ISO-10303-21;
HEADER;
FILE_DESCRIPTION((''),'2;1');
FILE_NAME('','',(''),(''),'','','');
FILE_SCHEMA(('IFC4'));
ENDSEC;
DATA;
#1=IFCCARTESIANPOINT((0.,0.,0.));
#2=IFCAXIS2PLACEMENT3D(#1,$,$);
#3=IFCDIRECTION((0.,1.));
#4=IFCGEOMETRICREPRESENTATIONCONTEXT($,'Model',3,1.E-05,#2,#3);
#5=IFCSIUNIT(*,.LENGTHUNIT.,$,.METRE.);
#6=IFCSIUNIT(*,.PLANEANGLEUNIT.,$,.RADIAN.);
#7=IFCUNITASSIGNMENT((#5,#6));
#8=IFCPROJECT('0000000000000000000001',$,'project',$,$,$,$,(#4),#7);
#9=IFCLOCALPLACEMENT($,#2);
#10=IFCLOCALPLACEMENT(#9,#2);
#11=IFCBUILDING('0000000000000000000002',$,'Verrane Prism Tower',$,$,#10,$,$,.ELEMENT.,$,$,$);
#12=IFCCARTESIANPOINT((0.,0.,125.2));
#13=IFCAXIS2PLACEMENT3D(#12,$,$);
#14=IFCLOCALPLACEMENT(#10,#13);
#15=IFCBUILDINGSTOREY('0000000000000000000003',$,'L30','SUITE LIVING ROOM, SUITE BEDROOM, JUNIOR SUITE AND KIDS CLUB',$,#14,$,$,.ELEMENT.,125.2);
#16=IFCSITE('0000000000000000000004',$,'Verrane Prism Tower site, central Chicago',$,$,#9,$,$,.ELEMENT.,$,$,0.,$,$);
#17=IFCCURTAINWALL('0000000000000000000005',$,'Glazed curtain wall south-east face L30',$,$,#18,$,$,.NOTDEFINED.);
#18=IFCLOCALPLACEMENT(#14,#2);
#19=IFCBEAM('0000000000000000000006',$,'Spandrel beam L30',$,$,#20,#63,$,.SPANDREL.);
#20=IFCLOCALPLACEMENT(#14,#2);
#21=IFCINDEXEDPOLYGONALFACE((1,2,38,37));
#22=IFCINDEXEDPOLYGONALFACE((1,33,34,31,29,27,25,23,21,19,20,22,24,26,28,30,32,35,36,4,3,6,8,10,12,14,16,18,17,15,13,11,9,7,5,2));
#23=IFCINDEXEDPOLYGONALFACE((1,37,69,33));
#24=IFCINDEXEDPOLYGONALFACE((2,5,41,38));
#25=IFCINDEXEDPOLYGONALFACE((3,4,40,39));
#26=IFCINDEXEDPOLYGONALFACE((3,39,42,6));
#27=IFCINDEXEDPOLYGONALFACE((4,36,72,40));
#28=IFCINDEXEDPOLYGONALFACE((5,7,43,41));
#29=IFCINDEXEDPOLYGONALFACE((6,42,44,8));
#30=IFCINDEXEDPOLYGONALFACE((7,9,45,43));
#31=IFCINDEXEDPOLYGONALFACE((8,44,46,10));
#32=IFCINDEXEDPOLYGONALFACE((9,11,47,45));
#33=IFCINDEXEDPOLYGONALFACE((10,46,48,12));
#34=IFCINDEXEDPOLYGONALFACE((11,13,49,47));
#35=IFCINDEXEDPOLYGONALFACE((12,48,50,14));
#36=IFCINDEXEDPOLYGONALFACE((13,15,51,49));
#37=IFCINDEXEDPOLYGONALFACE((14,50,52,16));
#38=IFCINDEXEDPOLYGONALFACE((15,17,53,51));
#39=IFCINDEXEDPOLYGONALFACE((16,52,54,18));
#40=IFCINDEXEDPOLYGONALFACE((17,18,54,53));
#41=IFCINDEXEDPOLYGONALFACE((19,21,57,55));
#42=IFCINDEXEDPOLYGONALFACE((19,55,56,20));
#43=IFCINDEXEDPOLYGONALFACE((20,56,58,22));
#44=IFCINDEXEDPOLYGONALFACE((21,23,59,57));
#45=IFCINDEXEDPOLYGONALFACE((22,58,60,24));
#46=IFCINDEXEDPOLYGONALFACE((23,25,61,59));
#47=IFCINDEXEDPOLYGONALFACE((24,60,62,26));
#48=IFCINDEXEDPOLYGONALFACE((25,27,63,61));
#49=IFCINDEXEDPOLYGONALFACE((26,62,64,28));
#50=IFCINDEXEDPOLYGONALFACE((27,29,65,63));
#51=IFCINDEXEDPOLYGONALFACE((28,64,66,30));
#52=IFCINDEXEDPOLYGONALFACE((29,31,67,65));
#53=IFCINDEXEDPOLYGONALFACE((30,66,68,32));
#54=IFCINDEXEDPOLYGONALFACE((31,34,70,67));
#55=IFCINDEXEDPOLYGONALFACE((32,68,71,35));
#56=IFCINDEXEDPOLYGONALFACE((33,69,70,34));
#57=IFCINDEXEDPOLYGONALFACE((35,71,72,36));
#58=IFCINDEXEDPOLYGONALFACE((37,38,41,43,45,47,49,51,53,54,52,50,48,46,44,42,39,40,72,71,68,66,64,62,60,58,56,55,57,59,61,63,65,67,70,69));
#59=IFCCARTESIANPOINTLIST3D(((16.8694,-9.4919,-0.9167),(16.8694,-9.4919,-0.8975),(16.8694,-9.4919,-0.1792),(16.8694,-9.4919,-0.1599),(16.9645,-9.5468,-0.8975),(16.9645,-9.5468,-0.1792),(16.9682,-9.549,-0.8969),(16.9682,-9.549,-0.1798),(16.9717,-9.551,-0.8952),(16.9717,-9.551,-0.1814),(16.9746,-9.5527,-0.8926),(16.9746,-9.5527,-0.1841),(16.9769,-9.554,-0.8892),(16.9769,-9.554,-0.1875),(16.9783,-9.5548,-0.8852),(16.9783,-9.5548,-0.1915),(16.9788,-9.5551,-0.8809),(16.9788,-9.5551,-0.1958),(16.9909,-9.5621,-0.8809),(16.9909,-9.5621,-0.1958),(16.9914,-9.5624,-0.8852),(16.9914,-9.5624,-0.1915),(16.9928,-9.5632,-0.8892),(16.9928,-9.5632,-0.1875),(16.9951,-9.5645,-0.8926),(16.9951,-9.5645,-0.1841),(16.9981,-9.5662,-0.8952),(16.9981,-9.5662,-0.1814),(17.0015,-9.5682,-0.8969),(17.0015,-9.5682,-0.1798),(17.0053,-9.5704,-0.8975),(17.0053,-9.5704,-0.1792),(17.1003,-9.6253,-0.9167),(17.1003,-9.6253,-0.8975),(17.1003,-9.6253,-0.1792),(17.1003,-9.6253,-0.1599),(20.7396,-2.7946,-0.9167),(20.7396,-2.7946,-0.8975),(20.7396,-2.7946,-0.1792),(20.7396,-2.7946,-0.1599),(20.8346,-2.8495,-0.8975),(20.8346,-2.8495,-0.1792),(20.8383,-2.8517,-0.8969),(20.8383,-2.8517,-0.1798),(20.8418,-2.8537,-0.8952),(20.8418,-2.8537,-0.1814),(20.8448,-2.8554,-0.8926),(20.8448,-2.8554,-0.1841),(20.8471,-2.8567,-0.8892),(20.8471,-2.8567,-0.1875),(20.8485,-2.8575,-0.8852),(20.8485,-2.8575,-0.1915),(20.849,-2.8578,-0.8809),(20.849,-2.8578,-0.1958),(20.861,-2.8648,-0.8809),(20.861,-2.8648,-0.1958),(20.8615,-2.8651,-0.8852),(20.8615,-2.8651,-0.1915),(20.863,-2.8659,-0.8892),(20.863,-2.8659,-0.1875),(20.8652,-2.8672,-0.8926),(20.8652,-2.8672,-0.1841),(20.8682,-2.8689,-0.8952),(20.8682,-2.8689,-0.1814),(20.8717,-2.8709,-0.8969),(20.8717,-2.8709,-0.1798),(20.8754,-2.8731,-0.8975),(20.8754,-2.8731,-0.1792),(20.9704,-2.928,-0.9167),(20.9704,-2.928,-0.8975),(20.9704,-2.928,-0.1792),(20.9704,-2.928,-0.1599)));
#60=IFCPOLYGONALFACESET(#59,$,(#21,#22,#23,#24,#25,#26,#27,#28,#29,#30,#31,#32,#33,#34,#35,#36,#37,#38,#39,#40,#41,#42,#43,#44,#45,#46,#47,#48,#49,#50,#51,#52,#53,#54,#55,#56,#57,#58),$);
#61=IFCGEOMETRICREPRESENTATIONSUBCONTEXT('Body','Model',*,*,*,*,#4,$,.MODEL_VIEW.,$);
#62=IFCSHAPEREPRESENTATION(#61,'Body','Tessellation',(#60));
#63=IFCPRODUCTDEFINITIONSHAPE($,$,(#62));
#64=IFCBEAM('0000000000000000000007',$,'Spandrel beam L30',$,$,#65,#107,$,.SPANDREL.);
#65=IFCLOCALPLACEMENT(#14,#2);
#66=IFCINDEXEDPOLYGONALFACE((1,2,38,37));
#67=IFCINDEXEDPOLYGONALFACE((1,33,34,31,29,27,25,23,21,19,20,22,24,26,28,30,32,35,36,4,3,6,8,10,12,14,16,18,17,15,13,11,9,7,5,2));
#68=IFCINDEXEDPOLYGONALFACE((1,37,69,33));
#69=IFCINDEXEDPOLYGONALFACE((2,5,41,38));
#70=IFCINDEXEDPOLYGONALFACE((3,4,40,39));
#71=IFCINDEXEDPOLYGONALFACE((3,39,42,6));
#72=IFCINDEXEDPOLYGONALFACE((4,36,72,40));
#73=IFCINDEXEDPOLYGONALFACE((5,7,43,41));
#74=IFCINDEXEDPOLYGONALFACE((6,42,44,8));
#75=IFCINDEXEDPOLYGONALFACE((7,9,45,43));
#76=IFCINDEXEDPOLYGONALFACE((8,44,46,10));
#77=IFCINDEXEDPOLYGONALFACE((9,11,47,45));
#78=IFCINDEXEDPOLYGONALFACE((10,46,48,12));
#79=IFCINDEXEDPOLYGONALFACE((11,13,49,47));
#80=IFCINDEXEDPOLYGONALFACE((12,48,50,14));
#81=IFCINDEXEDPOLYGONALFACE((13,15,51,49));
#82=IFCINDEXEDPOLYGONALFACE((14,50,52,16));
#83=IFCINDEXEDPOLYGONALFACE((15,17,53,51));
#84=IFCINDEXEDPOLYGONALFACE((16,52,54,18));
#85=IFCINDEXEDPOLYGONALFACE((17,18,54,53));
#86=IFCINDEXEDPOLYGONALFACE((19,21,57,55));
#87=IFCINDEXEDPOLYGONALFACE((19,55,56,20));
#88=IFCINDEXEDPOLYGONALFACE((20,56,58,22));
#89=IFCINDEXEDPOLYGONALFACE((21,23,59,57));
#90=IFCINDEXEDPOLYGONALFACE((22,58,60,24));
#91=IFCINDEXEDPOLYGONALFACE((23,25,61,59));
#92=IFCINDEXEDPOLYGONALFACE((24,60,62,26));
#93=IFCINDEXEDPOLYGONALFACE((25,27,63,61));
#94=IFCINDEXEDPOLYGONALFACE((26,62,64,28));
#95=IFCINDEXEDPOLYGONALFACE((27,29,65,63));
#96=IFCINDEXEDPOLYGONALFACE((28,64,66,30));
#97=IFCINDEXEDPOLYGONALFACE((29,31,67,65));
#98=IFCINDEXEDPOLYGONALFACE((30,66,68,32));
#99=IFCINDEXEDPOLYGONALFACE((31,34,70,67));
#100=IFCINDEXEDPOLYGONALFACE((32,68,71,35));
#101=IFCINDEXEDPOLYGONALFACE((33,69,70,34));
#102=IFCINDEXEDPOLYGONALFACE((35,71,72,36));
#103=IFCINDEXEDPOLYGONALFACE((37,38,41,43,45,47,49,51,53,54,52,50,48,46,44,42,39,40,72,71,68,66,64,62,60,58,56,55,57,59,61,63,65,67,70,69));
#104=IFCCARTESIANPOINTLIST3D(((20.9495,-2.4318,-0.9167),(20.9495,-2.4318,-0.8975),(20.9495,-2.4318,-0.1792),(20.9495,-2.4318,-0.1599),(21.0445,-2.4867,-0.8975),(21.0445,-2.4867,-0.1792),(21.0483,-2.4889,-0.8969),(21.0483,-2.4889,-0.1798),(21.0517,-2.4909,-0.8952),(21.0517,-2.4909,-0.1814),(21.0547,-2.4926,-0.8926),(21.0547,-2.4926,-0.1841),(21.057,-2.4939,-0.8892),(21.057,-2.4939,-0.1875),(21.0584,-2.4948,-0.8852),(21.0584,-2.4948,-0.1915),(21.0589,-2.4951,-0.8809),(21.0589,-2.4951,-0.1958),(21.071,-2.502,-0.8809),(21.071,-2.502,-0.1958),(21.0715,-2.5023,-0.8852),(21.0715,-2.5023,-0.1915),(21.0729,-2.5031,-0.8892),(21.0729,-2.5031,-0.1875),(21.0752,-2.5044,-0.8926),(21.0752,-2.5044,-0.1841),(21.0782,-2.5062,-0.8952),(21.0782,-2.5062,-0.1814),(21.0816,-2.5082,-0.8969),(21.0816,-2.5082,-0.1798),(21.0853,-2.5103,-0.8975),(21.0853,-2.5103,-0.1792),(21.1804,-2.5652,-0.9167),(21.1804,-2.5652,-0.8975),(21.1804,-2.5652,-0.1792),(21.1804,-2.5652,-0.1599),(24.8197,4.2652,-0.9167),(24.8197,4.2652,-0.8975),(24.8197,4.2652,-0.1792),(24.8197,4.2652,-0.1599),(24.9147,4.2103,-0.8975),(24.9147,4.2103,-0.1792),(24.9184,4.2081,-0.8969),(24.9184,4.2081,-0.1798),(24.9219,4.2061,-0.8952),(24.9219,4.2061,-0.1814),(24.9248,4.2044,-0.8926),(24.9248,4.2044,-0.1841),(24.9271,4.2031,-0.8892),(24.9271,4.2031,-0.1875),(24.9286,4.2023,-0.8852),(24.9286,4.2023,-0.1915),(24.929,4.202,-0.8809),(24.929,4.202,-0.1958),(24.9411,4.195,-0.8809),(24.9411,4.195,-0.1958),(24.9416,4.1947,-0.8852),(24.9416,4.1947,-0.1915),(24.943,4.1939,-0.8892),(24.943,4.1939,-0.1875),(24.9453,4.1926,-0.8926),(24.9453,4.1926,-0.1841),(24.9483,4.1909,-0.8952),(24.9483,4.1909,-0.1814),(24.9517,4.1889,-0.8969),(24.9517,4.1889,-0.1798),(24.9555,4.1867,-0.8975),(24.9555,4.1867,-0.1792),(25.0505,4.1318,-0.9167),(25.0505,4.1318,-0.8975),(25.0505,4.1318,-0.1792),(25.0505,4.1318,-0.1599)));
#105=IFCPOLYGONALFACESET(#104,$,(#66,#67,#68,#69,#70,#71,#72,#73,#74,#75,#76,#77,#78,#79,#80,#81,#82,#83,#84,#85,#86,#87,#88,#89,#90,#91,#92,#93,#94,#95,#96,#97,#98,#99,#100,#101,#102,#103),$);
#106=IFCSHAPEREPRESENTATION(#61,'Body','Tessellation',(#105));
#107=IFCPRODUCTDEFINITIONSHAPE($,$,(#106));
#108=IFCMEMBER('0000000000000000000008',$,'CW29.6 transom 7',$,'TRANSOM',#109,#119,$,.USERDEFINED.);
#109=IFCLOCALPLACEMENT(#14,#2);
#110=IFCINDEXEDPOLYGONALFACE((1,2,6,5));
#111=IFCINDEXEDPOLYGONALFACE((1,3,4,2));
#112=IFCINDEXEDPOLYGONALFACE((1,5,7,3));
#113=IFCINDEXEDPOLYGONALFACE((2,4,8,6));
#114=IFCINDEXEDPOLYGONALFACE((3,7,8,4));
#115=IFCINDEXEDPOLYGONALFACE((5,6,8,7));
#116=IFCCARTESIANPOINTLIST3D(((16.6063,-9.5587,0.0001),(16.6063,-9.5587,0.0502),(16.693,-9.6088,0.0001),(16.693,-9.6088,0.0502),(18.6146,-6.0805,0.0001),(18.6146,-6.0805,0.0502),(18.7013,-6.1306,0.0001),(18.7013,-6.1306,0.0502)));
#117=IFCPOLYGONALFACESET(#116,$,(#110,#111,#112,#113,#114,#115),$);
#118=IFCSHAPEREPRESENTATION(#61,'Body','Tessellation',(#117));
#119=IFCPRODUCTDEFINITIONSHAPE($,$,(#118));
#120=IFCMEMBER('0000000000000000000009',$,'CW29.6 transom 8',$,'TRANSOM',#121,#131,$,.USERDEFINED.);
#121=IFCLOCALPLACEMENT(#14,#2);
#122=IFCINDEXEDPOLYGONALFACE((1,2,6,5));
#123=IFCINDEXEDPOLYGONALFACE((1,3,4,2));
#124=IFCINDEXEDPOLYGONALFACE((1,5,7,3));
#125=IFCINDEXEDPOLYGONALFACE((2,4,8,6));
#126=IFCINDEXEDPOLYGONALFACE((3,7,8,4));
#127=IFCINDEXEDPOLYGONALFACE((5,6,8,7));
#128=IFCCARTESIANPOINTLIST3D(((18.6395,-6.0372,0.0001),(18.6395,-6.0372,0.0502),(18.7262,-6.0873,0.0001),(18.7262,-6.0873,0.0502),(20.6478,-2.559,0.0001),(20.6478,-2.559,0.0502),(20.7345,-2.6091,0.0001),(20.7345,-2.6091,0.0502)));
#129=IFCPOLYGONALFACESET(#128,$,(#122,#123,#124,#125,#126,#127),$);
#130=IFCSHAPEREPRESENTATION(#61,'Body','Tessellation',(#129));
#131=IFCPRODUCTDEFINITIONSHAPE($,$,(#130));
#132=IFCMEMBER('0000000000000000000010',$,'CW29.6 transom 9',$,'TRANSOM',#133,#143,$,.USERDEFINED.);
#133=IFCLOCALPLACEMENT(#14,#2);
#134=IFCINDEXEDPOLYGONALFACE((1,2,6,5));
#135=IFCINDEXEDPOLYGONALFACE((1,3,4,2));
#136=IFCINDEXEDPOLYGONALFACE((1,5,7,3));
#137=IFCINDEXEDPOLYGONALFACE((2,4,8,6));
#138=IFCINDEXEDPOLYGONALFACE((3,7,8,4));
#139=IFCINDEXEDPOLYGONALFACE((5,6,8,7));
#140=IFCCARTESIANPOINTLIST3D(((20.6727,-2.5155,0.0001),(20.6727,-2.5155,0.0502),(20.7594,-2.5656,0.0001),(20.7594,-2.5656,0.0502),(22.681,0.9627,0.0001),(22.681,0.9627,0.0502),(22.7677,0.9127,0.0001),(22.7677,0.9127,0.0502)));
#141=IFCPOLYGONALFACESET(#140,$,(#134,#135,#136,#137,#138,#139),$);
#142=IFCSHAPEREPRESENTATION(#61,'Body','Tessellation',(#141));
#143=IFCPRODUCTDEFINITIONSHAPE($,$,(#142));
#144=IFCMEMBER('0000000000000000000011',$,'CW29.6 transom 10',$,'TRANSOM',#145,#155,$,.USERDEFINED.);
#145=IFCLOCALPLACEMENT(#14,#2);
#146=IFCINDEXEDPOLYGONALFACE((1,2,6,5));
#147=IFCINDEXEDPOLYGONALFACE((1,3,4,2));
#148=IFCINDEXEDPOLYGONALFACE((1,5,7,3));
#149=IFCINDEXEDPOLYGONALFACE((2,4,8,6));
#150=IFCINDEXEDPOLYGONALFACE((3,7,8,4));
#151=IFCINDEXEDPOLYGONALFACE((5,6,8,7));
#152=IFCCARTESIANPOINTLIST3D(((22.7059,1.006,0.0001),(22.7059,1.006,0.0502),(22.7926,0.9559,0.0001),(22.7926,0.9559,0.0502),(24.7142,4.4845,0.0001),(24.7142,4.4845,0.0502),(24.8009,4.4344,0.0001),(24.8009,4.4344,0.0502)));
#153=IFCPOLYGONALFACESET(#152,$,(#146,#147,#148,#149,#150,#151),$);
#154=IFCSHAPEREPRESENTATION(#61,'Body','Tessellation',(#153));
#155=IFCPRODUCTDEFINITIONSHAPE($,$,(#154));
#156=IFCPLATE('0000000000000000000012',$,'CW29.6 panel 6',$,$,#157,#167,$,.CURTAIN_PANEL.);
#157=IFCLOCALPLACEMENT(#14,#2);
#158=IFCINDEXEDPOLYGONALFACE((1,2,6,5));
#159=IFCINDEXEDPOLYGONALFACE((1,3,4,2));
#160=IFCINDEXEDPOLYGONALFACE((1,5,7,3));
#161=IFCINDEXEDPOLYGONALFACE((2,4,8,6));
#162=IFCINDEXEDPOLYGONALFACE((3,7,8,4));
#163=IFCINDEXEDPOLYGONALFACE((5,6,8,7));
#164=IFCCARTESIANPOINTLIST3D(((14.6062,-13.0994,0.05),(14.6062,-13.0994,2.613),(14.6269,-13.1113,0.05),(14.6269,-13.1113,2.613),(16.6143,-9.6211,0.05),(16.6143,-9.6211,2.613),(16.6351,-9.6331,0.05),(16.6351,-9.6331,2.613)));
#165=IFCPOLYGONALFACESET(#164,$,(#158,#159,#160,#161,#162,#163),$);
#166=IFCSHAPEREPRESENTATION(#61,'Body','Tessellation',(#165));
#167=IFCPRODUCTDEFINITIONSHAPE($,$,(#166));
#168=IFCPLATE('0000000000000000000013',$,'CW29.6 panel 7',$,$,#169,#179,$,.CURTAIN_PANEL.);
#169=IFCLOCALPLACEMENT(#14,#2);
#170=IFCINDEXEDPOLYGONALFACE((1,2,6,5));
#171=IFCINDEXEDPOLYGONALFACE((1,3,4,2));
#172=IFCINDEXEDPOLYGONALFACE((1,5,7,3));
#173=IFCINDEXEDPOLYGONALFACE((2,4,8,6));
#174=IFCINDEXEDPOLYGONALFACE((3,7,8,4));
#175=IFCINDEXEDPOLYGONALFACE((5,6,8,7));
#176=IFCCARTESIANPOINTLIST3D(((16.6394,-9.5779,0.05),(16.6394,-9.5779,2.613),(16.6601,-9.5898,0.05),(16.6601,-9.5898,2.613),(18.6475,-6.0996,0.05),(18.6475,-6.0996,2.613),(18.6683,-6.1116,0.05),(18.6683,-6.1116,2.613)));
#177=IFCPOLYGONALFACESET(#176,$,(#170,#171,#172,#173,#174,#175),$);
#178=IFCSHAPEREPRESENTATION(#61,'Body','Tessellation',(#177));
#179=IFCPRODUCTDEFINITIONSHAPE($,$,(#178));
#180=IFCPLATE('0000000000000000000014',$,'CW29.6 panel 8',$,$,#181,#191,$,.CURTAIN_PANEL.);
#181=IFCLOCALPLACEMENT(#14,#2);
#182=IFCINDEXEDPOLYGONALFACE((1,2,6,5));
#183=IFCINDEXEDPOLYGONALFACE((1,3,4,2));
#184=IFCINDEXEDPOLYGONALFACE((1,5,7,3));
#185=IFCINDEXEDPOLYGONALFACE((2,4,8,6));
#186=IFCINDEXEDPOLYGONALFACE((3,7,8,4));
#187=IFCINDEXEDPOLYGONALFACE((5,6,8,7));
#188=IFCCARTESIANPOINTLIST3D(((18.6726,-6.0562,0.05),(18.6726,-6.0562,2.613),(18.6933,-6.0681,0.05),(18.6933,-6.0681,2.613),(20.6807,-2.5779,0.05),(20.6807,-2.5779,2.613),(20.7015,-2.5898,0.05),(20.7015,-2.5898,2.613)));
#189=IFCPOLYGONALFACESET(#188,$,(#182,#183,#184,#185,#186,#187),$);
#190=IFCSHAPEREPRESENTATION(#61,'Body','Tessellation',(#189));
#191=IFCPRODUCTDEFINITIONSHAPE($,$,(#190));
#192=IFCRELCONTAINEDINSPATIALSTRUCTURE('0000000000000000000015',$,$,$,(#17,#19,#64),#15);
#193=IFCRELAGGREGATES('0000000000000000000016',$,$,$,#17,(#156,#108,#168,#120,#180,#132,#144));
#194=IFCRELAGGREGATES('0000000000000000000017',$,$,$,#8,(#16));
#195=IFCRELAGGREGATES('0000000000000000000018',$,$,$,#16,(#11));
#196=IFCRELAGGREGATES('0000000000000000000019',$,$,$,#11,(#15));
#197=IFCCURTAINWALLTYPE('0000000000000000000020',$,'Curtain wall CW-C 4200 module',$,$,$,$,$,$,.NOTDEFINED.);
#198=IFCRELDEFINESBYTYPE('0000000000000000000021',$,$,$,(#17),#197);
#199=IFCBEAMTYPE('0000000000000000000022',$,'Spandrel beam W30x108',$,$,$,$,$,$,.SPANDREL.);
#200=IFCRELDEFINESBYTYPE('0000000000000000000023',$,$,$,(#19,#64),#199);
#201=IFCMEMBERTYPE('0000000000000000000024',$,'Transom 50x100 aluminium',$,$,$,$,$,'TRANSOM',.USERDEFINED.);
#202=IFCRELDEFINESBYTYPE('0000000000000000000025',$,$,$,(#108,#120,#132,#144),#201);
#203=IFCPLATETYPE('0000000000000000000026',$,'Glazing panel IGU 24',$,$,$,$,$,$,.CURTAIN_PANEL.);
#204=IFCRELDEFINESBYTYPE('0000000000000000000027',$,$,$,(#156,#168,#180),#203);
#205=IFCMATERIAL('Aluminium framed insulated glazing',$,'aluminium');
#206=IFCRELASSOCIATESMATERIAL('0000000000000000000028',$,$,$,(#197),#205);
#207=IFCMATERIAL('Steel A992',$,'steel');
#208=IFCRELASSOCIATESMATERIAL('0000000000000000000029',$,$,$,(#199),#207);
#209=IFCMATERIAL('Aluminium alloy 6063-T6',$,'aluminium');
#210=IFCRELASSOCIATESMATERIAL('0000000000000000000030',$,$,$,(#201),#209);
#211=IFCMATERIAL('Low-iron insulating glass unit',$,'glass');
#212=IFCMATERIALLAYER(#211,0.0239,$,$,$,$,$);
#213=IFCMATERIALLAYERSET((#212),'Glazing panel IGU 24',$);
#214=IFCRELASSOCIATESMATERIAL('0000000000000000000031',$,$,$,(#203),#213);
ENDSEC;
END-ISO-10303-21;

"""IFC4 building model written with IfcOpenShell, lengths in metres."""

from ifc_helpers import new_model, si_unit, direction, frame, origin, origin_2d, place, context, subcontext, project, spatial, rectangle, i_section, extrude, material, layer, layer_set, material_profile, profile_set, type_object, element, aggregate, save


model = new_model("IFC4")

# Units and contexts
model_context = context("Model", 3, precision=1e-05, world=origin(), true_north=direction((0.0, 1.0)))
body_context = subcontext(model_context, "Body", "Model", "MODEL_VIEW")
ifc_project = project(units=[si_unit("LENGTHUNIT", "METRE"), si_unit("PLANEANGLEUNIT", "RADIAN")], contexts=[model_context])

# Site, building, storey
site_placement = place(None, origin())
site = spatial("IfcSite", under=ifc_project, at=site_placement, Name="Verrane Prism Tower site, central Chicago", CompositionType="ELEMENT", RefElevation=0.0)
building_placement = place(site_placement, origin())
building = spatial("IfcBuilding", under=site, at=building_placement, Name="Verrane Prism Tower", CompositionType="ELEMENT")
storey_placement = place(building_placement, frame((0.0, 0.0, 125.2)))
storey = spatial("IfcBuildingStorey", under=building, at=storey_placement, Name="L30", Description="SUITE LIVING ROOM, SUITE BEDROOM, JUNIOR SUITE AND KIDS CLUB", CompositionType="ELEMENT", Elevation=125.2)

# Curtain wall
ifc_material_1 = material(Name="Aluminium framed insulated glazing", Category="aluminium")
curtain_wall_type = type_object("IfcCurtainWallType", Name="Curtain wall CW-C 4200 module", PredefinedType="NOTDEFINED", material=ifc_material_1)
curtain_wall_placement = place(storey_placement, origin())
curtain_wall = element("IfcCurtainWall", 1, at=curtain_wall_placement, inside=storey, type_object=curtain_wall_type, Name="Glazed curtain wall south-east face L30", PredefinedType="NOTDEFINED")

# Beams
ifc_material_2 = material(Name="Steel A992", Category="steel")
ifc_material_profile_1 = material_profile(ifc_material_2, i_section(OverallWidth=0.2666, OverallDepth=0.7568, WebThickness=0.0139, FlangeThickness=0.0193, FilletRadius=0.0166, at=origin_2d()), Name="W30x108")
ifc_profile_set_1 = profile_set([ifc_material_profile_1], Name="Steel A992")
beam_type_1 = type_object("IfcBeamType", Name="Spandrel beam W30x108", PredefinedType="SPANDREL", material=ifc_profile_set_1)
beam_1_placement = place(storey_placement, frame((16.9849, -9.5586, -0.5383), z_axis=(0.500334, 0.865832, 0.0), x_axis=(-0.865832, 0.500334, 0.0)))
element("IfcBeam", 2, at=beam_1_placement, inside=storey, type_object=beam_type_1, Name="Spandrel beam L30", PredefinedType="SPANDREL", context=body_context, shape_type="SweptSolid", body=[
    extrude(i_section(OverallWidth=0.2666, OverallDepth=0.7568, WebThickness=0.0139, FlangeThickness=0.0193, FilletRadius=0.0166, at=origin_2d()), origin(), (0.0, 0.0, 1.0), 7.7351),
])
beam_2_placement = place(storey_placement, frame((21.0649, -2.4985, -0.5383), z_axis=(0.500348, 0.865824, 0.0), x_axis=(-0.865824, 0.500348, 0.0)))
element("IfcBeam", 3, at=beam_2_placement, inside=storey, type_object=beam_type_1, Name="Spandrel beam L30", PredefinedType="SPANDREL", context=body_context, shape_type="SweptSolid", body=[
    extrude(i_section(OverallWidth=0.2666, OverallDepth=0.7568, WebThickness=0.0139, FlangeThickness=0.0193, FilletRadius=0.0166, at=origin_2d()), origin(), (0.0, 0.0, 1.0), 7.7349),
])

# Members
ifc_material_3 = material(Name="Aluminium alloy 6063-T6", Category="aluminium")
ifc_material_profile_2 = material_profile(ifc_material_3, rectangle(XDim=0.1001, YDim=0.05, at=origin_2d()), Name="Transom 50x100 aluminium")
ifc_profile_set_2 = profile_set([ifc_material_profile_2], Name="Aluminium alloy 6063-T6")
member_type_1 = type_object("IfcMemberType", Name="Transom 50x100 aluminium", ElementType="TRANSOM", PredefinedType="USERDEFINED", material=ifc_profile_set_2)
member_1_placement = place(storey_placement, frame((16.6497, -9.5837, 0.0251), z_axis=(0.500022, 0.866012, 0.0), x_axis=(-0.866012, 0.500022, 0.0)))
member_1 = element("IfcMember", 4, at=member_1_placement, type_object=member_type_1, Name="CW29.6 transom 7", ObjectType="TRANSOM", PredefinedType="USERDEFINED", context=body_context, shape_type="SweptSolid", body=[
    extrude(rectangle(XDim=0.1001, YDim=0.05, at=origin_2d()), origin(), (0.0, 0.0, 1.0), 4.0164),
])
member_2_placement = place(storey_placement, frame((18.6829, -6.0623, 0.0251), z_axis=(0.500022, 0.866012, 0.0), x_axis=(-0.866012, 0.500022, 0.0)))
member_2 = element("IfcMember", 5, at=member_2_placement, type_object=member_type_1, Name="CW29.6 transom 8", ObjectType="TRANSOM", PredefinedType="USERDEFINED", context=body_context, shape_type="SweptSolid", body=[
    extrude(rectangle(XDim=0.1001, YDim=0.05, at=origin_2d()), origin(), (0.0, 0.0, 1.0), 4.0164),
])
member_3_placement = place(storey_placement, frame((20.7161, -2.5405, 0.0251), z_axis=(0.500022, 0.866012, 0.0), x_axis=(-0.866012, 0.500022, 0.0)))
member_3 = element("IfcMember", 6, at=member_3_placement, type_object=member_type_1, Name="CW29.6 transom 9", ObjectType="TRANSOM", PredefinedType="USERDEFINED", context=body_context, shape_type="SweptSolid", body=[
    extrude(rectangle(XDim=0.1001, YDim=0.05, at=origin_2d()), origin(), (0.0, 0.0, 1.0), 4.0164),
])
member_4_placement = place(storey_placement, frame((22.7493, 0.981, 0.0251), z_axis=(0.499996, 0.866028, 0.0), x_axis=(-0.866028, 0.499996, 0.0)))
member_4 = element("IfcMember", 7, at=member_4_placement, type_object=member_type_1, Name="CW29.6 transom 10", ObjectType="TRANSOM", PredefinedType="USERDEFINED", context=body_context, shape_type="SweptSolid", body=[
    extrude(rectangle(XDim=0.1001, YDim=0.05, at=origin_2d()), origin(), (0.0, 0.0, 1.0), 4.0166),
])

# Plates
ifc_material_4 = material(Name="Low-iron insulating glass unit", Category="glass")
ifc_layer_1 = layer(ifc_material_4, 0.0239)
ifc_layer_set_1 = layer_set([ifc_layer_1], Name="Glazing panel IGU 24")
plate_type = type_object("IfcPlateType", Name="Glazing panel IGU 24", PredefinedType="CURTAIN_PANEL", material=ifc_layer_set_1)
plate_1_placement = place(storey_placement, frame((15.6206, -11.3662, 0.05), z_axis=(0.0, 0.0, 1.0), x_axis=(0.5, 0.866025, 0.0)))
plate_1 = element("IfcPlate", 8, at=plate_1_placement, type_object=plate_type, Name="CW29.6 panel 6", PredefinedType="CURTAIN_PANEL", context=body_context, shape_type="SweptSolid", body=[
    extrude(rectangle(XDim=4.0164, YDim=0.0239, at=origin_2d()), origin(), (0.0, 0.0, 1.0), 2.563),
])
plate_2_placement = place(storey_placement, frame((17.6538, -7.8447, 0.05), z_axis=(0.0, 0.0, 1.0), x_axis=(0.5, 0.866025, 0.0)))
plate_2 = element("IfcPlate", 9, at=plate_2_placement, type_object=plate_type, Name="CW29.6 panel 7", PredefinedType="CURTAIN_PANEL", context=body_context, shape_type="SweptSolid", body=[
    extrude(rectangle(XDim=4.0164, YDim=0.0239, at=origin_2d()), origin(), (0.0, 0.0, 1.0), 2.563),
])
plate_3_placement = place(storey_placement, frame((19.687, -4.323, 0.05), z_axis=(0.0, 0.0, 1.0), x_axis=(0.5, 0.866025, 0.0)))
plate_3 = element("IfcPlate", 10, at=plate_3_placement, type_object=plate_type, Name="CW29.6 panel 8", PredefinedType="CURTAIN_PANEL", context=body_context, shape_type="SweptSolid", body=[
    extrude(rectangle(XDim=4.0164, YDim=0.0239, at=origin_2d()), origin(), (0.0, 0.0, 1.0), 2.563),
])
aggregate(curtain_wall, [plate_1, member_1, plate_2, member_2, plate_3, member_3, member_4])

save(model, "model.ifc")
